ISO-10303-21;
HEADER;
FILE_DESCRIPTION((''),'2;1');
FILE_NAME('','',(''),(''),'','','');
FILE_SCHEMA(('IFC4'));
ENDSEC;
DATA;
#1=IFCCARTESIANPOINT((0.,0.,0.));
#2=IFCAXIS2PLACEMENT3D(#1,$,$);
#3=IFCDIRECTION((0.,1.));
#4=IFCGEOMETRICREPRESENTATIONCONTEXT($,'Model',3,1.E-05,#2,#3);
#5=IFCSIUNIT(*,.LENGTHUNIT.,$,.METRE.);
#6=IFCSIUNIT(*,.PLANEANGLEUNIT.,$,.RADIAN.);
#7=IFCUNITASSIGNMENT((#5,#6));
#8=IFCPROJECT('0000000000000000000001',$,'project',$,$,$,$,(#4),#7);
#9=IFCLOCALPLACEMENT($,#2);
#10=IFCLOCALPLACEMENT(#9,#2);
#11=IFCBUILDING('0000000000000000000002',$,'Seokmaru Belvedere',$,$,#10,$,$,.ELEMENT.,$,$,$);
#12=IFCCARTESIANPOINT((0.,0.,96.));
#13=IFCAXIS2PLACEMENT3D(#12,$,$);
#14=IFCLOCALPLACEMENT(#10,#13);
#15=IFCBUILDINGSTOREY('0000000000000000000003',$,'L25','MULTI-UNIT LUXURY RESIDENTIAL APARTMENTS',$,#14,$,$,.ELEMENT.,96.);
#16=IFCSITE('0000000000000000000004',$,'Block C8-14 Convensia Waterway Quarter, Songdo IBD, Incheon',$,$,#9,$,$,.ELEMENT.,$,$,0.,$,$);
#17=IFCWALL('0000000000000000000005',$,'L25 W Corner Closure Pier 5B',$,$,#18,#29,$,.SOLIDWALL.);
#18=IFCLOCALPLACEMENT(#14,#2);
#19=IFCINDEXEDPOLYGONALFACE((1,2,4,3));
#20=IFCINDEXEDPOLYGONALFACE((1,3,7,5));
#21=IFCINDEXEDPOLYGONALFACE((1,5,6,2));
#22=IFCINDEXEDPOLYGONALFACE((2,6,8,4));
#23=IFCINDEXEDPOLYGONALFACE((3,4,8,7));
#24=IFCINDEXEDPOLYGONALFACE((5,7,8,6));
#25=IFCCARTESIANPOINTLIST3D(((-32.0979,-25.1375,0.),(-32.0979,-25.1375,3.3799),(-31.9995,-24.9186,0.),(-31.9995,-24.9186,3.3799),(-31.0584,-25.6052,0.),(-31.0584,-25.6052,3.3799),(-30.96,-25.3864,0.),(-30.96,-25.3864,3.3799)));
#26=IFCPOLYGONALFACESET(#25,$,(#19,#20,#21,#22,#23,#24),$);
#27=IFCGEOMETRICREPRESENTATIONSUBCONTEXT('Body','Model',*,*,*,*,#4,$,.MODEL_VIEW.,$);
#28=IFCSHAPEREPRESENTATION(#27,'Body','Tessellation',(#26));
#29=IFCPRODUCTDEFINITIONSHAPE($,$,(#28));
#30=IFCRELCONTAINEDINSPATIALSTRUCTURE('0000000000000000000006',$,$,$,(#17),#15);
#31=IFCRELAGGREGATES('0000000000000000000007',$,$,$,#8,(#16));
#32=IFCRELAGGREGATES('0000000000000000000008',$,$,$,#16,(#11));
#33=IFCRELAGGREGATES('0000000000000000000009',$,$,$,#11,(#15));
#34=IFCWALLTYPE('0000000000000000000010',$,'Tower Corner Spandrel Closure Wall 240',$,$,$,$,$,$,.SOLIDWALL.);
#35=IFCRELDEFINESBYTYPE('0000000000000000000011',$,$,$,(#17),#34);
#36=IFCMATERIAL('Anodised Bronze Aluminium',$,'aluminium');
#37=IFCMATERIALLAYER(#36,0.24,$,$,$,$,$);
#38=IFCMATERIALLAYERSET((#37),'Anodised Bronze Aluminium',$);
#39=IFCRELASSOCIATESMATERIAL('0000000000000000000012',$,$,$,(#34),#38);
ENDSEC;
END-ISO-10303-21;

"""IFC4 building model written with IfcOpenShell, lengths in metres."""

from ifc_helpers import new_model, si_unit, direction, frame, frame_2d, origin, place, context, subcontext, project, spatial, rectangle, extrude, material, layer, layer_set, type_object, element, save


model = new_model("IFC4")

# Units and contexts
model_context = context("Model", 3, precision=1e-05, world=origin(), true_north=direction((0.0, 1.0)))
body_context = subcontext(model_context, "Body", "Model", "MODEL_VIEW")
ifc_project = project(units=[si_unit("LENGTHUNIT", "METRE"), si_unit("PLANEANGLEUNIT", "RADIAN")], contexts=[model_context])

# Site, building, storey
site_placement = place(None, origin())
site = spatial("IfcSite", under=ifc_project, at=site_placement, Name="Block C8-14 Convensia Waterway Quarter, Songdo IBD, Incheon", CompositionType="ELEMENT", RefElevation=0.0)
building_placement = place(site_placement, origin())
building = spatial("IfcBuilding", under=site, at=building_placement, Name="Seokmaru Belvedere", CompositionType="ELEMENT")
storey_placement = place(building_placement, frame((0.0, 0.0, 96.0)))
storey = spatial("IfcBuildingStorey", under=building, at=storey_placement, Name="L25", Description="MULTI-UNIT LUXURY RESIDENTIAL APARTMENTS", CompositionType="ELEMENT", Elevation=96.0)

# Shared definitions
ifc_material_1 = material(Name="Anodised Bronze Aluminium", Category="aluminium")

# Wall
ifc_layer_1 = layer(ifc_material_1, 0.24)
ifc_layer_set_1 = layer_set([ifc_layer_1], Name="Anodised Bronze Aluminium")
wall_type_1 = type_object("IfcWallType", Name="Tower Corner Spandrel Closure Wall 240", PredefinedType="SOLIDWALL", material=ifc_layer_set_1)
wall_1_placement = place(storey_placement, frame((-32.0486, -25.0281, 0.0), z_axis=(0.0, 0.0, 1.0), x_axis=(0.91193, -0.410347, 0.0)))
element("IfcWall", 1, at=wall_1_placement, inside=storey, type_object=wall_type_1, Name="L25 W Corner Closure Pier 5B", PredefinedType="SOLIDWALL", context=body_context, shape_type="SweptSolid", body=[
    extrude(rectangle(XDim=1.1399, YDim=0.24, at=frame_2d((0.5698, 0.0))), origin(), (0.0, 0.0, 1.0), 3.3799),
])

save(model, "model.ifc")
